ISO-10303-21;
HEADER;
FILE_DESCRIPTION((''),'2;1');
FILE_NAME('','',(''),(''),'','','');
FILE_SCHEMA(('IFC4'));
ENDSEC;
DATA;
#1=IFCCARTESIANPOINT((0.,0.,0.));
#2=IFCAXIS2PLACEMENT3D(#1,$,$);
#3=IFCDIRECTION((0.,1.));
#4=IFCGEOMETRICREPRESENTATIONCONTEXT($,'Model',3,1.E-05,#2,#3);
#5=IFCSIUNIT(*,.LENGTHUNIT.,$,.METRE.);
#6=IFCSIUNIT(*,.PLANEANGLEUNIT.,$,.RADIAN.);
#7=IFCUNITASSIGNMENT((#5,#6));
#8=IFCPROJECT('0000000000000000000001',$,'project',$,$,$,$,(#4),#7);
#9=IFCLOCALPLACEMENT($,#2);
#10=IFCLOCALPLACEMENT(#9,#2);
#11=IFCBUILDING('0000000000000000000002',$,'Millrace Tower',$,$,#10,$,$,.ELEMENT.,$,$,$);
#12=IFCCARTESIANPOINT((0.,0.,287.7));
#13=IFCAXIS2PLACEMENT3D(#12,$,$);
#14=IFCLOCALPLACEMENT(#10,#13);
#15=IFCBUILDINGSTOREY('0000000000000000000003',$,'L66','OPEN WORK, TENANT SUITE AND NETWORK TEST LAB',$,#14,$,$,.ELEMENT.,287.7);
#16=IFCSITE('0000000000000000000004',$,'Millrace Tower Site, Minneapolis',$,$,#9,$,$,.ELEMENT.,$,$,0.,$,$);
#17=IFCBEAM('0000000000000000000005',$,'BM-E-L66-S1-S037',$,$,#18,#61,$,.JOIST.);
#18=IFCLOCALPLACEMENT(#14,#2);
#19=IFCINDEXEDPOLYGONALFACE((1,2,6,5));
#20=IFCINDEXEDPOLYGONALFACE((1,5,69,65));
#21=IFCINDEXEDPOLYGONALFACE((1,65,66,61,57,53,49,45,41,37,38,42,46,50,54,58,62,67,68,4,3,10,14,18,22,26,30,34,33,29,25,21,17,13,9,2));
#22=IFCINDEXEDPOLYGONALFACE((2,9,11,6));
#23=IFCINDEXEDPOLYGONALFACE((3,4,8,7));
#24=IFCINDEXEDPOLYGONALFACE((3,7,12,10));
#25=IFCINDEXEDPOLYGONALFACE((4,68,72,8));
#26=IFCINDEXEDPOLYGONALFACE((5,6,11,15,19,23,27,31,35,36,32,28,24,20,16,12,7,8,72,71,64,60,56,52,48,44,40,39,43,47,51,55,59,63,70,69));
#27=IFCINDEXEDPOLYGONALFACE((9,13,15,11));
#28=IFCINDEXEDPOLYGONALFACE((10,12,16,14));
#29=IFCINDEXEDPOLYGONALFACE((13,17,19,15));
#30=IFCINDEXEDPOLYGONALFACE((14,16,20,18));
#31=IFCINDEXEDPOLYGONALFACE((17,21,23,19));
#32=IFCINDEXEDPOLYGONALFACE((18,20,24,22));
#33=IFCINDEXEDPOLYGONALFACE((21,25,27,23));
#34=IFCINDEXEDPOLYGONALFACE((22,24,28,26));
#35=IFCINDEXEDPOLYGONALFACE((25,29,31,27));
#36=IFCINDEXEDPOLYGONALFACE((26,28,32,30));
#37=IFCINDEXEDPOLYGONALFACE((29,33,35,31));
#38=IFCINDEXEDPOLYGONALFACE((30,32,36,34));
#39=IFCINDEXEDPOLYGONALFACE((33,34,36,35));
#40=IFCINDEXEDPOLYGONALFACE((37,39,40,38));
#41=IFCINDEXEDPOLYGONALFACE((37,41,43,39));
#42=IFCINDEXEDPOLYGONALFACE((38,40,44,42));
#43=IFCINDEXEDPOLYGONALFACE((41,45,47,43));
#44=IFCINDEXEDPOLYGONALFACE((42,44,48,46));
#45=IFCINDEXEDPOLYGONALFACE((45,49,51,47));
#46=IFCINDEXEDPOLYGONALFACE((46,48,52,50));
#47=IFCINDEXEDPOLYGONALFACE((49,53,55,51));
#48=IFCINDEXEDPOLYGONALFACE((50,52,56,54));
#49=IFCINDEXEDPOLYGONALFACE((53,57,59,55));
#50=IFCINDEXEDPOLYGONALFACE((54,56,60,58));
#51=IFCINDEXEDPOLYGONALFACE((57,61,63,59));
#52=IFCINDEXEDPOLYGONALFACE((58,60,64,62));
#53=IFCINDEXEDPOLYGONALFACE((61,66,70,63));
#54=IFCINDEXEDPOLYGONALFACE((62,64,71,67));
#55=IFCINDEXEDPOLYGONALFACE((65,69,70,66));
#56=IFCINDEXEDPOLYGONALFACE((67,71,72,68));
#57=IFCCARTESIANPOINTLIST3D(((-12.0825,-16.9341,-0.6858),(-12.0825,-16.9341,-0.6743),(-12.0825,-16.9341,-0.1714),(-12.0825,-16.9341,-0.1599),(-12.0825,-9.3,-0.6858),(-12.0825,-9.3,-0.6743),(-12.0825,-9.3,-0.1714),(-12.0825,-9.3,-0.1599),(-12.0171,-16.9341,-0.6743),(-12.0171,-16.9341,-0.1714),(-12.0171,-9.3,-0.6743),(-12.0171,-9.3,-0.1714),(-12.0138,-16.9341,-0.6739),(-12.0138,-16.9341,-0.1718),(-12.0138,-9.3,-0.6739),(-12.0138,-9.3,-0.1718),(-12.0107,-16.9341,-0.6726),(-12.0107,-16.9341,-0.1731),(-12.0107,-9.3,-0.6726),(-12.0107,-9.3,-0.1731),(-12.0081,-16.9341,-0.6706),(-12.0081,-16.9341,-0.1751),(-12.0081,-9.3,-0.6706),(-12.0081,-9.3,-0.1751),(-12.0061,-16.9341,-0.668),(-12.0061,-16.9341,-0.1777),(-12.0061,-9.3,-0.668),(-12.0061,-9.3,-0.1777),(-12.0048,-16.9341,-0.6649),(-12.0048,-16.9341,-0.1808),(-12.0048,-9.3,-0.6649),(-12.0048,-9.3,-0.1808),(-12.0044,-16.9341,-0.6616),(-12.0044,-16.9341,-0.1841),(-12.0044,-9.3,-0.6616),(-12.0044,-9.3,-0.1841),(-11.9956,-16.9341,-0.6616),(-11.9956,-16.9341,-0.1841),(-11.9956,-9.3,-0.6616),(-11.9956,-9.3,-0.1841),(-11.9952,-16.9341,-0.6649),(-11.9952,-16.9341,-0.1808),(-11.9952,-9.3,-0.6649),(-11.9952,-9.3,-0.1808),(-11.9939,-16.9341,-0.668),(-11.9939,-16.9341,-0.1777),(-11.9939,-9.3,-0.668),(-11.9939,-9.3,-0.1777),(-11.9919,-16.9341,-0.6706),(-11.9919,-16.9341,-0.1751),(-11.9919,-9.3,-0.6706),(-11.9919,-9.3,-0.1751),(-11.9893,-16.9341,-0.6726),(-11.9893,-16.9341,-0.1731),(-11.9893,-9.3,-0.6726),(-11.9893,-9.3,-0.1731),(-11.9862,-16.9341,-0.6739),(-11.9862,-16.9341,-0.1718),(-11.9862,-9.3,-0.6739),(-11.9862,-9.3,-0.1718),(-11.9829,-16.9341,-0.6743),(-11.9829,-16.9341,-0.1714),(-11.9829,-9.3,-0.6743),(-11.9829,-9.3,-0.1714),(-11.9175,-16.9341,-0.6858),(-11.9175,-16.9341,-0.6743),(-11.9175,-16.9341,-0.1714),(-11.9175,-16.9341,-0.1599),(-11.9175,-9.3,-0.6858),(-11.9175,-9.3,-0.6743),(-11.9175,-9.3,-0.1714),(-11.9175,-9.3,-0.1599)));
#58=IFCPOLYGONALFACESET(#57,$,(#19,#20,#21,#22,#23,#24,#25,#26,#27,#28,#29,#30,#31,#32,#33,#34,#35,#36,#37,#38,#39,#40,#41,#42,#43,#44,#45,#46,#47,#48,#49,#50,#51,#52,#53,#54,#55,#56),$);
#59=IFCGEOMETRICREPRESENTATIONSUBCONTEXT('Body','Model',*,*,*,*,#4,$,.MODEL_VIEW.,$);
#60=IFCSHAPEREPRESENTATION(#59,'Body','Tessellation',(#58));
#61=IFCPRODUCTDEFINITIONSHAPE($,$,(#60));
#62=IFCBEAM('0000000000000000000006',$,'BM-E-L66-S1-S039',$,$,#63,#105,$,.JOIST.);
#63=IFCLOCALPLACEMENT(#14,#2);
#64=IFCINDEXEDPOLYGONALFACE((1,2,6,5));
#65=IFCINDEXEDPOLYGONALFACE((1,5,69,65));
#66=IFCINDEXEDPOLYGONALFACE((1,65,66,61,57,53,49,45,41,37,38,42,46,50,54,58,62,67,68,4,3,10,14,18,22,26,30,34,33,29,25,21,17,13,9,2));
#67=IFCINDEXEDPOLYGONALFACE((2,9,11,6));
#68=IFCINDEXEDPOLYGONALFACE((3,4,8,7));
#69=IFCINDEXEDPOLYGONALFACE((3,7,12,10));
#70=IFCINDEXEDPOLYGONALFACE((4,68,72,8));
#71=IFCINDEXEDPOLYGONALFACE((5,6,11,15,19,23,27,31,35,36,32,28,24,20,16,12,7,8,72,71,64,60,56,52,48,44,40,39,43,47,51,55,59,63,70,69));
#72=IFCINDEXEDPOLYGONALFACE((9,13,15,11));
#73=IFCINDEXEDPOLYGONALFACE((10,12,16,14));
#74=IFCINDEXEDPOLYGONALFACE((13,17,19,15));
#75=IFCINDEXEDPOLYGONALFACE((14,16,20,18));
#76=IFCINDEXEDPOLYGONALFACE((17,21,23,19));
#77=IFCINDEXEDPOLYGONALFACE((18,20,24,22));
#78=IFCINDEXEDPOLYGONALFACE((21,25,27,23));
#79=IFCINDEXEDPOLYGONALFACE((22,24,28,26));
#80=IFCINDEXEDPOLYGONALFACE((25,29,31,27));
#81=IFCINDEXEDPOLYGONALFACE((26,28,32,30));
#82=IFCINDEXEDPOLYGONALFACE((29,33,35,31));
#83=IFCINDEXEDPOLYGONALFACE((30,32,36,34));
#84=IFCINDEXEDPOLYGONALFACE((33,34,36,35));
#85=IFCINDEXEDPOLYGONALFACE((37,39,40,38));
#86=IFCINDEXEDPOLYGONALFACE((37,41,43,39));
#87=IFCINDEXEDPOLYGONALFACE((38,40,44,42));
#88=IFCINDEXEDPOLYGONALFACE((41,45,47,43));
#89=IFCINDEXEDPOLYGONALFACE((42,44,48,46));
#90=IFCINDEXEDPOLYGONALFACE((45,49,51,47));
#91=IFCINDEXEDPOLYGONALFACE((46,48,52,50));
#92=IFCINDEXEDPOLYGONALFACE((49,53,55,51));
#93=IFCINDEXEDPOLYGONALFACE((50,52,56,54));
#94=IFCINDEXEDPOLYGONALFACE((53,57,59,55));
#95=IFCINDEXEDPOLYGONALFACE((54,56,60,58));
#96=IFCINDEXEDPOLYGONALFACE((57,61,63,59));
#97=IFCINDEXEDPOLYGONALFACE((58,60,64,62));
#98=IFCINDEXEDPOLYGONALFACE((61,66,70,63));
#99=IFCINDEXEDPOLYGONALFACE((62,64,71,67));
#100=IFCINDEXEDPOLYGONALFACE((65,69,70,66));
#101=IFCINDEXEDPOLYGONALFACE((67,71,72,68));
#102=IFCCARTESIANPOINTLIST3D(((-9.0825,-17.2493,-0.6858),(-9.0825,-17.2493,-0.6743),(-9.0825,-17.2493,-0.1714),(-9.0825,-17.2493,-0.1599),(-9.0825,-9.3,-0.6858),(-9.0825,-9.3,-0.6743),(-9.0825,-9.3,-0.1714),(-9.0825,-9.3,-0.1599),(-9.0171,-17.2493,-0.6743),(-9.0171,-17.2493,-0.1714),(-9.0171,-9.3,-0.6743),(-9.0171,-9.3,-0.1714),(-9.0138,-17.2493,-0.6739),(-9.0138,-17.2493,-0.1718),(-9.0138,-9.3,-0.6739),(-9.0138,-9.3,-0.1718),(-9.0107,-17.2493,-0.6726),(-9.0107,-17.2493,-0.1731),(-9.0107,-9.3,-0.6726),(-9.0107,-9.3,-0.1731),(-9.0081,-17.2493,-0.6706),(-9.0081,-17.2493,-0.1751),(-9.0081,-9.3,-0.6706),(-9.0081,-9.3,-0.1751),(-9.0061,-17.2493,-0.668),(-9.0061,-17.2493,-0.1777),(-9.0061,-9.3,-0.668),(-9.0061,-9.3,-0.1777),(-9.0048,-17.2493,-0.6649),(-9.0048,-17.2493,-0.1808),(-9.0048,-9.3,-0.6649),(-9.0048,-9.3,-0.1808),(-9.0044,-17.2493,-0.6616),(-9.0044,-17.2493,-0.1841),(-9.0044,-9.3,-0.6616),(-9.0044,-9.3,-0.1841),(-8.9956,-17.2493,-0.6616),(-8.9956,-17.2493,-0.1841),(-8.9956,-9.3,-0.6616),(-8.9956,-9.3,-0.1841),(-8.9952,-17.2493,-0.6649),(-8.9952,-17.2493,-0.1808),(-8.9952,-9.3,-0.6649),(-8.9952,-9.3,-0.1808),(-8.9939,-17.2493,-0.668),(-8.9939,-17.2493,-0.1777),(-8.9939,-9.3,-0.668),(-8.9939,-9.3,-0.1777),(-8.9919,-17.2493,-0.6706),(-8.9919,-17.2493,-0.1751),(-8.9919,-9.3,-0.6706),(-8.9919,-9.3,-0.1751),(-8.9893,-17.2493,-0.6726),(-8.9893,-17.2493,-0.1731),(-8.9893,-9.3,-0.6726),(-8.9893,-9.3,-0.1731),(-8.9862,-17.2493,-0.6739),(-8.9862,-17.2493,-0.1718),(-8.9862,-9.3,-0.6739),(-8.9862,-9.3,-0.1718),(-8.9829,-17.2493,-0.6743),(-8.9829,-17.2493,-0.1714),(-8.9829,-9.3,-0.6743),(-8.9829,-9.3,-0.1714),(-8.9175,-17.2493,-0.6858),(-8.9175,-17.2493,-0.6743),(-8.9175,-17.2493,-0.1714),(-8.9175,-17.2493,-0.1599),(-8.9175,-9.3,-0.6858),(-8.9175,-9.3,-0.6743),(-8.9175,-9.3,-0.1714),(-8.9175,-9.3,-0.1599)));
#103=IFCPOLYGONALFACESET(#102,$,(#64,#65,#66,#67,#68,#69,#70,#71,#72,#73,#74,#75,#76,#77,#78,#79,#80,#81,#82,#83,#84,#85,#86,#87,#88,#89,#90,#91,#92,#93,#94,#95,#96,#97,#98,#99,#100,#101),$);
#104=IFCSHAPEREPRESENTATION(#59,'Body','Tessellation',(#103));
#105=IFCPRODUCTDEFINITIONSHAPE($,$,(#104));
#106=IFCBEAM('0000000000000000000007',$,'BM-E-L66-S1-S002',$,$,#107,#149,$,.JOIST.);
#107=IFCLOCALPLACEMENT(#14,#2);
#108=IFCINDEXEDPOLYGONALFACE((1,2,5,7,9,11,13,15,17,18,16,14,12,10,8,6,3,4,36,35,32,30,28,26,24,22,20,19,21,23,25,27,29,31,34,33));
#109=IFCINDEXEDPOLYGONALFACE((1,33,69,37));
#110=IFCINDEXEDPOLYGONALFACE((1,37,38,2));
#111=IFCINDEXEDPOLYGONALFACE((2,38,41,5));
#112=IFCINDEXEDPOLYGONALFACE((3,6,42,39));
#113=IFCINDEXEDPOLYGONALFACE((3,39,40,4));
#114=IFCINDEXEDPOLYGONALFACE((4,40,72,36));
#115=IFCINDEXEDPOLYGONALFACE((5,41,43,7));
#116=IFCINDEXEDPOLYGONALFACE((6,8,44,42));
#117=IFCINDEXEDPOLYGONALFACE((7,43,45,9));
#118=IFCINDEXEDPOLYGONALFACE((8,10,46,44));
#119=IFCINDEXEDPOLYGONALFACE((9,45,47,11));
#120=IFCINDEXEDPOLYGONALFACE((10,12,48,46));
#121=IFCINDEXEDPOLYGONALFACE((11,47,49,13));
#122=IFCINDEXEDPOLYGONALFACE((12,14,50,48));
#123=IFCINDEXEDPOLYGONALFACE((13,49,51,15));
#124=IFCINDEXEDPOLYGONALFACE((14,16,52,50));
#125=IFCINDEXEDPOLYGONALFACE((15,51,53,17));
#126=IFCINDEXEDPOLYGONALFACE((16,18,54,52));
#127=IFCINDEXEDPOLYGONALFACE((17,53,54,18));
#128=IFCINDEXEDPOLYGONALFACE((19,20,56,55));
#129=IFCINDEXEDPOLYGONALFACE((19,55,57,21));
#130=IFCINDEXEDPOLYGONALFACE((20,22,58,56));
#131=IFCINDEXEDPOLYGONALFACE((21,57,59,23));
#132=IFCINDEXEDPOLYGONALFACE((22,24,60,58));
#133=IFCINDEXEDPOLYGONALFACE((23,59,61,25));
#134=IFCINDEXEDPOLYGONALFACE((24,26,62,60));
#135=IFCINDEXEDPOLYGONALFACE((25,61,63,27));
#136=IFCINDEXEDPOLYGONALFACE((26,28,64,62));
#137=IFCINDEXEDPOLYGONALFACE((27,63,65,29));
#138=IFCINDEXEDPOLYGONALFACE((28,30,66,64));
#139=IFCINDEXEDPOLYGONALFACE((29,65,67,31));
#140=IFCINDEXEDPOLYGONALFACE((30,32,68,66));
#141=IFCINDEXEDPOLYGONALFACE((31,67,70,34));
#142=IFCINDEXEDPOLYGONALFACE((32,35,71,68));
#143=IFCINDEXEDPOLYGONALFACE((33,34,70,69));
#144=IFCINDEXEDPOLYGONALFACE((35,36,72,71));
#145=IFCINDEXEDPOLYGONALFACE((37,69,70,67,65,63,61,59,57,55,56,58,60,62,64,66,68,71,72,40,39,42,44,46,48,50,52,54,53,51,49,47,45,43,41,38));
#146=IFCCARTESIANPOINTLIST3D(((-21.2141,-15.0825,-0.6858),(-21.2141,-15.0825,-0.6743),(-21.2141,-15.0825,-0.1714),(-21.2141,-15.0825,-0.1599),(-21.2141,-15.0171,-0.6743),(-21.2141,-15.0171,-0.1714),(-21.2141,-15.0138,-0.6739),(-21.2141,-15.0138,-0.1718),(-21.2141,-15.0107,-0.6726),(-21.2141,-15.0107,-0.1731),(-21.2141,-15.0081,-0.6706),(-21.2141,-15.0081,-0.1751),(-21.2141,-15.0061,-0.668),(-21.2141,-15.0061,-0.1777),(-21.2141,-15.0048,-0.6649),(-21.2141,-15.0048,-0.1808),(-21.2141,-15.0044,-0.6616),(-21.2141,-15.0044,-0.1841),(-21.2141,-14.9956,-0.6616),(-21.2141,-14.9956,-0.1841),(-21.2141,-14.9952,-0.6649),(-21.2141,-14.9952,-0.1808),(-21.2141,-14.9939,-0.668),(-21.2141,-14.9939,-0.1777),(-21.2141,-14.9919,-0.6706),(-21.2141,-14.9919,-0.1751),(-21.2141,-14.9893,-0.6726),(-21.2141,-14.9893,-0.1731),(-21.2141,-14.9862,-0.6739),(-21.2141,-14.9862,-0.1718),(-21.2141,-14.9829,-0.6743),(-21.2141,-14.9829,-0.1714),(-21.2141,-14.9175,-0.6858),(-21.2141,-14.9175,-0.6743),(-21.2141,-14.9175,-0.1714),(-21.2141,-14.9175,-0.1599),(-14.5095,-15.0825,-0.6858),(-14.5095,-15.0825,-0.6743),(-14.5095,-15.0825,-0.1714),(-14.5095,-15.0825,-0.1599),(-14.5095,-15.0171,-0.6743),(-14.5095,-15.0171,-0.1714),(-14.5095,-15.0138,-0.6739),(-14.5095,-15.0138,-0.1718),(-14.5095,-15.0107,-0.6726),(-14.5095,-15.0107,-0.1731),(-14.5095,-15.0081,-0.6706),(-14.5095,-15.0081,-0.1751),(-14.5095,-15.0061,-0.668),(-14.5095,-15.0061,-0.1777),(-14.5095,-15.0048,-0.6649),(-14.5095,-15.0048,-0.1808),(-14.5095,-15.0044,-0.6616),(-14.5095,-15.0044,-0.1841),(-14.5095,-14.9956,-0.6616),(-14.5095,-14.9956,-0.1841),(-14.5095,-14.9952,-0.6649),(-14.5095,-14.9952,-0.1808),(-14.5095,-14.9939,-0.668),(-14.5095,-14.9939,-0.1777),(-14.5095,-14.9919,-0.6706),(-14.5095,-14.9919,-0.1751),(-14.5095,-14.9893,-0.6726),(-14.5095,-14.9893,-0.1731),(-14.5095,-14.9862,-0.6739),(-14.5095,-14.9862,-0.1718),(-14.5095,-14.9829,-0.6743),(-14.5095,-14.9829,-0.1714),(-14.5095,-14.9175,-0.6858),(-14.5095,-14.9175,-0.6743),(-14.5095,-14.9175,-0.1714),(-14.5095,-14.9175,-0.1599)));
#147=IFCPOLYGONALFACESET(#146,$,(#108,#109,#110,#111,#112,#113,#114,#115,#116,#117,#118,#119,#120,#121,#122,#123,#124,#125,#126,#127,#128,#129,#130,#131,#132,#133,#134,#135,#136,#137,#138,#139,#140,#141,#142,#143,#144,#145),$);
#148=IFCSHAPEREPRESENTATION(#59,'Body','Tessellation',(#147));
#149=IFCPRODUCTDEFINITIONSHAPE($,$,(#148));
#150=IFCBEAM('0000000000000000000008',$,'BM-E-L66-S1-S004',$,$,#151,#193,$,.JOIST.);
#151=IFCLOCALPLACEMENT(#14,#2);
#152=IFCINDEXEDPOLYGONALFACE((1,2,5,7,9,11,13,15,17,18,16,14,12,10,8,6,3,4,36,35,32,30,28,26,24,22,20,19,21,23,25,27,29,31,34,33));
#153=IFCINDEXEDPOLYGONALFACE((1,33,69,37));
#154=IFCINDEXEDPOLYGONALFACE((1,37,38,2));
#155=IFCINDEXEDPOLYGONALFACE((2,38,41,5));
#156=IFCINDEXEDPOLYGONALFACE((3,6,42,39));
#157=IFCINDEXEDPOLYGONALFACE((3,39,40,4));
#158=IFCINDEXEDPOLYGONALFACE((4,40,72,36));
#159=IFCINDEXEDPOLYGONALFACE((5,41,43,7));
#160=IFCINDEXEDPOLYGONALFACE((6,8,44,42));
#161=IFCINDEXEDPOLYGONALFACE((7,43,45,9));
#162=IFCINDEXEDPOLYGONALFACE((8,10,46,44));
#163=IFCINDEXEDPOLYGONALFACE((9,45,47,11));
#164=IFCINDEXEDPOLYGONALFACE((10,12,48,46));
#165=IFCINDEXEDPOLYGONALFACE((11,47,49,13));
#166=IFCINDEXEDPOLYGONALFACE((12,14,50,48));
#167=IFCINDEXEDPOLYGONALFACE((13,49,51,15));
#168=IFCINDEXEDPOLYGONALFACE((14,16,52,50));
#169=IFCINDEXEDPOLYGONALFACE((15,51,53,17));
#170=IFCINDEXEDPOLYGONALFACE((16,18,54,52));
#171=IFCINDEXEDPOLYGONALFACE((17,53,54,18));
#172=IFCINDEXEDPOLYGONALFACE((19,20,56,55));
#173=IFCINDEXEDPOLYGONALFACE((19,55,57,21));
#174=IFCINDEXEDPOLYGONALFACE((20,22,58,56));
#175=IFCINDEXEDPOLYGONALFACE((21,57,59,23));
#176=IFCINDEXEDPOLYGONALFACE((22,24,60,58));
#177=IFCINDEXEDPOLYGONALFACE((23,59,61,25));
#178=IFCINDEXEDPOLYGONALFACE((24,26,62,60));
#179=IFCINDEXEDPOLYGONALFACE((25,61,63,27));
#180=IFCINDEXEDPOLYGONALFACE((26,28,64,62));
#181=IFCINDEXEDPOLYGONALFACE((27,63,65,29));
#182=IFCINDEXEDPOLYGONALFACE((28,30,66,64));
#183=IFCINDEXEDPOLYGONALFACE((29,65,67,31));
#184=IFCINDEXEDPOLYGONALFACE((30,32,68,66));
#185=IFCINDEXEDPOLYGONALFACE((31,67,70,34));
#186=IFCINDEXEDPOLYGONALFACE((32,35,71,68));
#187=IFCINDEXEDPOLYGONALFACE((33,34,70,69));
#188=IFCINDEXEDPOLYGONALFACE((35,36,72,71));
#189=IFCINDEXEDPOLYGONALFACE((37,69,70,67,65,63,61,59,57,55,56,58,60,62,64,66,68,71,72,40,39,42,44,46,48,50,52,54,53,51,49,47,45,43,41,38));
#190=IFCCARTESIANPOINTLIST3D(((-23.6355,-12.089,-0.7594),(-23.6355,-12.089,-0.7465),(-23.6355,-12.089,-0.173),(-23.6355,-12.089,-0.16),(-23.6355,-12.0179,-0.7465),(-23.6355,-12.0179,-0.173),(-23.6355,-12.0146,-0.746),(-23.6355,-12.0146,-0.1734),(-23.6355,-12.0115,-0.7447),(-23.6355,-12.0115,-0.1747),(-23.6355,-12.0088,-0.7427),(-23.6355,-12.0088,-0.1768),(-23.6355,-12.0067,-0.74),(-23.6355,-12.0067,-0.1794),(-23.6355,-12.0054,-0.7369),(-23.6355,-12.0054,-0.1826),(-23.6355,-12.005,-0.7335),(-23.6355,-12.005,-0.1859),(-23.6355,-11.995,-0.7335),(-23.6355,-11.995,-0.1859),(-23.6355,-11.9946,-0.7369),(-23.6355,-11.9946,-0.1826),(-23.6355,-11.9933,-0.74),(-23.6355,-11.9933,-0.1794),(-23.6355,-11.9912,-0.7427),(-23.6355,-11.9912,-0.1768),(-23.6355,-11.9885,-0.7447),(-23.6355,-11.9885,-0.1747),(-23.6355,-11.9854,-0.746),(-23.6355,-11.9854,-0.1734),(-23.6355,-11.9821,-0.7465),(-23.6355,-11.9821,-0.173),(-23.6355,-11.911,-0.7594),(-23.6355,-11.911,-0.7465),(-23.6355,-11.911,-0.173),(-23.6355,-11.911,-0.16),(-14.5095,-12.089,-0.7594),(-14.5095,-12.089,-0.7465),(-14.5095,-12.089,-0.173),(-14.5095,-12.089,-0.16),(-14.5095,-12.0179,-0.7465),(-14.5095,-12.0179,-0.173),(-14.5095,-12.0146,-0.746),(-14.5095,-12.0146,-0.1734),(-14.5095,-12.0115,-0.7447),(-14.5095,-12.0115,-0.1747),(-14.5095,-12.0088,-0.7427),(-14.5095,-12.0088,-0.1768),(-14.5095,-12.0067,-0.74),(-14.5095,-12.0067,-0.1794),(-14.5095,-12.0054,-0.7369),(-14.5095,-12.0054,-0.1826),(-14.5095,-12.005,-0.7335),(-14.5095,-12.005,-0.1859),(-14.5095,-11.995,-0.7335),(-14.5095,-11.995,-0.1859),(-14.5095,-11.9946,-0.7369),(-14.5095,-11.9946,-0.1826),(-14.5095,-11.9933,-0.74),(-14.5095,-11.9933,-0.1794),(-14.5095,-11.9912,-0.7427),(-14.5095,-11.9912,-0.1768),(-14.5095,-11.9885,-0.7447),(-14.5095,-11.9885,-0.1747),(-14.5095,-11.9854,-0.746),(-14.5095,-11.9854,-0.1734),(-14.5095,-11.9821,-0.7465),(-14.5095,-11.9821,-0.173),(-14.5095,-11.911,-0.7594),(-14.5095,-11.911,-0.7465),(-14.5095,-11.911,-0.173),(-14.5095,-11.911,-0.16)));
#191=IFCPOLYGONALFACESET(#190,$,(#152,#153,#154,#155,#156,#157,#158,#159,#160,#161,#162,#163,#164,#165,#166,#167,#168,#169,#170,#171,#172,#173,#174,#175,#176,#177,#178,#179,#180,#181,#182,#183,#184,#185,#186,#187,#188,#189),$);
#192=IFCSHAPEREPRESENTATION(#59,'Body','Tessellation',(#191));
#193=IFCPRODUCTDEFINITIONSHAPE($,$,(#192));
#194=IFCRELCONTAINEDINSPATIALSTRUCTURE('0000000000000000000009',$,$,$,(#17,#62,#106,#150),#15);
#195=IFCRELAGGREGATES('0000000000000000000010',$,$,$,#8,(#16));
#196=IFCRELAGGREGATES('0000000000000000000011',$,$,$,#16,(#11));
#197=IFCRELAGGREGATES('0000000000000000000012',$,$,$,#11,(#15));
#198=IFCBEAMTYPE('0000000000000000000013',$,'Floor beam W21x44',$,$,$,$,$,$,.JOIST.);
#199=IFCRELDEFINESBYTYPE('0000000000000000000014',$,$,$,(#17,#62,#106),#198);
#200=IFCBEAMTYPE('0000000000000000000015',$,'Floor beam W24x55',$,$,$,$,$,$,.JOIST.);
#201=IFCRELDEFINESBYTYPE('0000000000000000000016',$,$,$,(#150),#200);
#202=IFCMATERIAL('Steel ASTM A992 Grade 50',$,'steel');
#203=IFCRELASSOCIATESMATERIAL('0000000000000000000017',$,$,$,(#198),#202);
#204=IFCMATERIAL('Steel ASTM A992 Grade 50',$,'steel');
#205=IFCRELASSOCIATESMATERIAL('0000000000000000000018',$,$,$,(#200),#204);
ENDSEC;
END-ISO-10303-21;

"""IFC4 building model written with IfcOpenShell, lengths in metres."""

from ifc_helpers import new_model, si_unit, direction, frame, origin, origin_2d, place, context, subcontext, project, spatial, i_section, extrude, material, material_profile, profile_set, type_object, element, save


model = new_model("IFC4")

# Units and contexts
model_context = context("Model", 3, precision=1e-05, world=origin(), true_north=direction((0.0, 1.0)))
body_context = subcontext(model_context, "Body", "Model", "MODEL_VIEW")
ifc_project = project(units=[si_unit("LENGTHUNIT", "METRE"), si_unit("PLANEANGLEUNIT", "RADIAN")], contexts=[model_context])

# Site, building, storey
site_placement = place(None, origin())
site = spatial("IfcSite", under=ifc_project, at=site_placement, Name="Millrace Tower Site, Minneapolis", CompositionType="ELEMENT", RefElevation=0.0)
building_placement = place(site_placement, origin())
building = spatial("IfcBuilding", under=site, at=building_placement, Name="Millrace Tower", CompositionType="ELEMENT")
storey_placement = place(building_placement, frame((0.0, 0.0, 287.7)))
storey = spatial("IfcBuildingStorey", under=building, at=storey_placement, Name="L66", Description="OPEN WORK, TENANT SUITE AND NETWORK TEST LAB", CompositionType="ELEMENT", Elevation=287.7)

# Beams
ifc_material_1 = material(Name="Steel ASTM A992 Grade 50", Category="steel")
ifc_material_profile_1 = material_profile(ifc_material_1, i_section(OverallWidth=0.165, OverallDepth=0.5259, WebThickness=0.0088, FlangeThickness=0.0115, FilletRadius=0.0127, at=origin_2d()))
ifc_profile_set_1 = profile_set([ifc_material_profile_1], Name="Steel ASTM A992 Grade 50")
beam_type_1 = type_object("IfcBeamType", Name="Floor beam W21x44", PredefinedType="JOIST", material=ifc_profile_set_1)
beam_1_placement = place(storey_placement, frame((-12.0, -16.9341, -0.4229), z_axis=(0.0, 1.0, 0.0), x_axis=(-1.0, 0.0, 0.0)))
element("IfcBeam", 1, at=beam_1_placement, inside=storey, type_object=beam_type_1, Name="BM-E-L66-S1-S037", PredefinedType="JOIST", context=body_context, shape_type="SweptSolid", body=[
    extrude(i_section(OverallWidth=0.165, OverallDepth=0.5259, WebThickness=0.0088, FlangeThickness=0.0115, FilletRadius=0.0127, at=origin_2d()), origin(), (0.0, 0.0, 1.0), 7.634),
])
beam_2_placement = place(storey_placement, frame((-9.0, -17.2493, -0.4229), z_axis=(0.0, 1.0, 0.0), x_axis=(-1.0, 0.0, 0.0)))
element("IfcBeam", 2, at=beam_2_placement, inside=storey, type_object=beam_type_1, Name="BM-E-L66-S1-S039", PredefinedType="JOIST", context=body_context, shape_type="SweptSolid", body=[
    extrude(i_section(OverallWidth=0.165, OverallDepth=0.5259, WebThickness=0.0088, FlangeThickness=0.0115, FilletRadius=0.0127, at=origin_2d()), origin(), (0.0, 0.0, 1.0), 7.9492),
])
beam_3_placement = place(storey_placement, frame((-21.2141, -15.0, -0.4229), z_axis=(1.0, 0.0, 0.0), x_axis=(0.0, 1.0, 0.0)))
element("IfcBeam", 3, at=beam_3_placement, inside=storey, type_object=beam_type_1, Name="BM-E-L66-S1-S002", PredefinedType="JOIST", context=body_context, shape_type="SweptSolid", body=[
    extrude(i_section(OverallWidth=0.165, OverallDepth=0.5259, WebThickness=0.0088, FlangeThickness=0.0115, FilletRadius=0.0127, at=origin_2d()), origin(), (0.0, 0.0, 1.0), 6.7046),
])
ifc_material_2 = material(Name="Steel ASTM A992 Grade 50", Category="steel")
ifc_material_profile_2 = material_profile(ifc_material_2, i_section(OverallWidth=0.178, OverallDepth=0.5994, WebThickness=0.01, FlangeThickness=0.0129, FilletRadius=0.0129, at=origin_2d()))
ifc_profile_set_2 = profile_set([ifc_material_profile_2], Name="Steel ASTM A992 Grade 50")
beam_type_2 = type_object("IfcBeamType", Name="Floor beam W24x55", PredefinedType="JOIST", material=ifc_profile_set_2)
beam_4_placement = place(storey_placement, frame((-23.6355, -12.0, -0.4597), z_axis=(1.0, 0.0, 0.0), x_axis=(0.0, 1.0, 0.0)))
element("IfcBeam", 4, at=beam_4_placement, inside=storey, type_object=beam_type_2, Name="BM-E-L66-S1-S004", PredefinedType="JOIST", context=body_context, shape_type="SweptSolid", body=[
    extrude(i_section(OverallWidth=0.178, OverallDepth=0.5994, WebThickness=0.01, FlangeThickness=0.0129, FilletRadius=0.0129, at=origin_2d()), origin(), (0.0, 0.0, 1.0), 9.126),
])

save(model, "model.ifc")
